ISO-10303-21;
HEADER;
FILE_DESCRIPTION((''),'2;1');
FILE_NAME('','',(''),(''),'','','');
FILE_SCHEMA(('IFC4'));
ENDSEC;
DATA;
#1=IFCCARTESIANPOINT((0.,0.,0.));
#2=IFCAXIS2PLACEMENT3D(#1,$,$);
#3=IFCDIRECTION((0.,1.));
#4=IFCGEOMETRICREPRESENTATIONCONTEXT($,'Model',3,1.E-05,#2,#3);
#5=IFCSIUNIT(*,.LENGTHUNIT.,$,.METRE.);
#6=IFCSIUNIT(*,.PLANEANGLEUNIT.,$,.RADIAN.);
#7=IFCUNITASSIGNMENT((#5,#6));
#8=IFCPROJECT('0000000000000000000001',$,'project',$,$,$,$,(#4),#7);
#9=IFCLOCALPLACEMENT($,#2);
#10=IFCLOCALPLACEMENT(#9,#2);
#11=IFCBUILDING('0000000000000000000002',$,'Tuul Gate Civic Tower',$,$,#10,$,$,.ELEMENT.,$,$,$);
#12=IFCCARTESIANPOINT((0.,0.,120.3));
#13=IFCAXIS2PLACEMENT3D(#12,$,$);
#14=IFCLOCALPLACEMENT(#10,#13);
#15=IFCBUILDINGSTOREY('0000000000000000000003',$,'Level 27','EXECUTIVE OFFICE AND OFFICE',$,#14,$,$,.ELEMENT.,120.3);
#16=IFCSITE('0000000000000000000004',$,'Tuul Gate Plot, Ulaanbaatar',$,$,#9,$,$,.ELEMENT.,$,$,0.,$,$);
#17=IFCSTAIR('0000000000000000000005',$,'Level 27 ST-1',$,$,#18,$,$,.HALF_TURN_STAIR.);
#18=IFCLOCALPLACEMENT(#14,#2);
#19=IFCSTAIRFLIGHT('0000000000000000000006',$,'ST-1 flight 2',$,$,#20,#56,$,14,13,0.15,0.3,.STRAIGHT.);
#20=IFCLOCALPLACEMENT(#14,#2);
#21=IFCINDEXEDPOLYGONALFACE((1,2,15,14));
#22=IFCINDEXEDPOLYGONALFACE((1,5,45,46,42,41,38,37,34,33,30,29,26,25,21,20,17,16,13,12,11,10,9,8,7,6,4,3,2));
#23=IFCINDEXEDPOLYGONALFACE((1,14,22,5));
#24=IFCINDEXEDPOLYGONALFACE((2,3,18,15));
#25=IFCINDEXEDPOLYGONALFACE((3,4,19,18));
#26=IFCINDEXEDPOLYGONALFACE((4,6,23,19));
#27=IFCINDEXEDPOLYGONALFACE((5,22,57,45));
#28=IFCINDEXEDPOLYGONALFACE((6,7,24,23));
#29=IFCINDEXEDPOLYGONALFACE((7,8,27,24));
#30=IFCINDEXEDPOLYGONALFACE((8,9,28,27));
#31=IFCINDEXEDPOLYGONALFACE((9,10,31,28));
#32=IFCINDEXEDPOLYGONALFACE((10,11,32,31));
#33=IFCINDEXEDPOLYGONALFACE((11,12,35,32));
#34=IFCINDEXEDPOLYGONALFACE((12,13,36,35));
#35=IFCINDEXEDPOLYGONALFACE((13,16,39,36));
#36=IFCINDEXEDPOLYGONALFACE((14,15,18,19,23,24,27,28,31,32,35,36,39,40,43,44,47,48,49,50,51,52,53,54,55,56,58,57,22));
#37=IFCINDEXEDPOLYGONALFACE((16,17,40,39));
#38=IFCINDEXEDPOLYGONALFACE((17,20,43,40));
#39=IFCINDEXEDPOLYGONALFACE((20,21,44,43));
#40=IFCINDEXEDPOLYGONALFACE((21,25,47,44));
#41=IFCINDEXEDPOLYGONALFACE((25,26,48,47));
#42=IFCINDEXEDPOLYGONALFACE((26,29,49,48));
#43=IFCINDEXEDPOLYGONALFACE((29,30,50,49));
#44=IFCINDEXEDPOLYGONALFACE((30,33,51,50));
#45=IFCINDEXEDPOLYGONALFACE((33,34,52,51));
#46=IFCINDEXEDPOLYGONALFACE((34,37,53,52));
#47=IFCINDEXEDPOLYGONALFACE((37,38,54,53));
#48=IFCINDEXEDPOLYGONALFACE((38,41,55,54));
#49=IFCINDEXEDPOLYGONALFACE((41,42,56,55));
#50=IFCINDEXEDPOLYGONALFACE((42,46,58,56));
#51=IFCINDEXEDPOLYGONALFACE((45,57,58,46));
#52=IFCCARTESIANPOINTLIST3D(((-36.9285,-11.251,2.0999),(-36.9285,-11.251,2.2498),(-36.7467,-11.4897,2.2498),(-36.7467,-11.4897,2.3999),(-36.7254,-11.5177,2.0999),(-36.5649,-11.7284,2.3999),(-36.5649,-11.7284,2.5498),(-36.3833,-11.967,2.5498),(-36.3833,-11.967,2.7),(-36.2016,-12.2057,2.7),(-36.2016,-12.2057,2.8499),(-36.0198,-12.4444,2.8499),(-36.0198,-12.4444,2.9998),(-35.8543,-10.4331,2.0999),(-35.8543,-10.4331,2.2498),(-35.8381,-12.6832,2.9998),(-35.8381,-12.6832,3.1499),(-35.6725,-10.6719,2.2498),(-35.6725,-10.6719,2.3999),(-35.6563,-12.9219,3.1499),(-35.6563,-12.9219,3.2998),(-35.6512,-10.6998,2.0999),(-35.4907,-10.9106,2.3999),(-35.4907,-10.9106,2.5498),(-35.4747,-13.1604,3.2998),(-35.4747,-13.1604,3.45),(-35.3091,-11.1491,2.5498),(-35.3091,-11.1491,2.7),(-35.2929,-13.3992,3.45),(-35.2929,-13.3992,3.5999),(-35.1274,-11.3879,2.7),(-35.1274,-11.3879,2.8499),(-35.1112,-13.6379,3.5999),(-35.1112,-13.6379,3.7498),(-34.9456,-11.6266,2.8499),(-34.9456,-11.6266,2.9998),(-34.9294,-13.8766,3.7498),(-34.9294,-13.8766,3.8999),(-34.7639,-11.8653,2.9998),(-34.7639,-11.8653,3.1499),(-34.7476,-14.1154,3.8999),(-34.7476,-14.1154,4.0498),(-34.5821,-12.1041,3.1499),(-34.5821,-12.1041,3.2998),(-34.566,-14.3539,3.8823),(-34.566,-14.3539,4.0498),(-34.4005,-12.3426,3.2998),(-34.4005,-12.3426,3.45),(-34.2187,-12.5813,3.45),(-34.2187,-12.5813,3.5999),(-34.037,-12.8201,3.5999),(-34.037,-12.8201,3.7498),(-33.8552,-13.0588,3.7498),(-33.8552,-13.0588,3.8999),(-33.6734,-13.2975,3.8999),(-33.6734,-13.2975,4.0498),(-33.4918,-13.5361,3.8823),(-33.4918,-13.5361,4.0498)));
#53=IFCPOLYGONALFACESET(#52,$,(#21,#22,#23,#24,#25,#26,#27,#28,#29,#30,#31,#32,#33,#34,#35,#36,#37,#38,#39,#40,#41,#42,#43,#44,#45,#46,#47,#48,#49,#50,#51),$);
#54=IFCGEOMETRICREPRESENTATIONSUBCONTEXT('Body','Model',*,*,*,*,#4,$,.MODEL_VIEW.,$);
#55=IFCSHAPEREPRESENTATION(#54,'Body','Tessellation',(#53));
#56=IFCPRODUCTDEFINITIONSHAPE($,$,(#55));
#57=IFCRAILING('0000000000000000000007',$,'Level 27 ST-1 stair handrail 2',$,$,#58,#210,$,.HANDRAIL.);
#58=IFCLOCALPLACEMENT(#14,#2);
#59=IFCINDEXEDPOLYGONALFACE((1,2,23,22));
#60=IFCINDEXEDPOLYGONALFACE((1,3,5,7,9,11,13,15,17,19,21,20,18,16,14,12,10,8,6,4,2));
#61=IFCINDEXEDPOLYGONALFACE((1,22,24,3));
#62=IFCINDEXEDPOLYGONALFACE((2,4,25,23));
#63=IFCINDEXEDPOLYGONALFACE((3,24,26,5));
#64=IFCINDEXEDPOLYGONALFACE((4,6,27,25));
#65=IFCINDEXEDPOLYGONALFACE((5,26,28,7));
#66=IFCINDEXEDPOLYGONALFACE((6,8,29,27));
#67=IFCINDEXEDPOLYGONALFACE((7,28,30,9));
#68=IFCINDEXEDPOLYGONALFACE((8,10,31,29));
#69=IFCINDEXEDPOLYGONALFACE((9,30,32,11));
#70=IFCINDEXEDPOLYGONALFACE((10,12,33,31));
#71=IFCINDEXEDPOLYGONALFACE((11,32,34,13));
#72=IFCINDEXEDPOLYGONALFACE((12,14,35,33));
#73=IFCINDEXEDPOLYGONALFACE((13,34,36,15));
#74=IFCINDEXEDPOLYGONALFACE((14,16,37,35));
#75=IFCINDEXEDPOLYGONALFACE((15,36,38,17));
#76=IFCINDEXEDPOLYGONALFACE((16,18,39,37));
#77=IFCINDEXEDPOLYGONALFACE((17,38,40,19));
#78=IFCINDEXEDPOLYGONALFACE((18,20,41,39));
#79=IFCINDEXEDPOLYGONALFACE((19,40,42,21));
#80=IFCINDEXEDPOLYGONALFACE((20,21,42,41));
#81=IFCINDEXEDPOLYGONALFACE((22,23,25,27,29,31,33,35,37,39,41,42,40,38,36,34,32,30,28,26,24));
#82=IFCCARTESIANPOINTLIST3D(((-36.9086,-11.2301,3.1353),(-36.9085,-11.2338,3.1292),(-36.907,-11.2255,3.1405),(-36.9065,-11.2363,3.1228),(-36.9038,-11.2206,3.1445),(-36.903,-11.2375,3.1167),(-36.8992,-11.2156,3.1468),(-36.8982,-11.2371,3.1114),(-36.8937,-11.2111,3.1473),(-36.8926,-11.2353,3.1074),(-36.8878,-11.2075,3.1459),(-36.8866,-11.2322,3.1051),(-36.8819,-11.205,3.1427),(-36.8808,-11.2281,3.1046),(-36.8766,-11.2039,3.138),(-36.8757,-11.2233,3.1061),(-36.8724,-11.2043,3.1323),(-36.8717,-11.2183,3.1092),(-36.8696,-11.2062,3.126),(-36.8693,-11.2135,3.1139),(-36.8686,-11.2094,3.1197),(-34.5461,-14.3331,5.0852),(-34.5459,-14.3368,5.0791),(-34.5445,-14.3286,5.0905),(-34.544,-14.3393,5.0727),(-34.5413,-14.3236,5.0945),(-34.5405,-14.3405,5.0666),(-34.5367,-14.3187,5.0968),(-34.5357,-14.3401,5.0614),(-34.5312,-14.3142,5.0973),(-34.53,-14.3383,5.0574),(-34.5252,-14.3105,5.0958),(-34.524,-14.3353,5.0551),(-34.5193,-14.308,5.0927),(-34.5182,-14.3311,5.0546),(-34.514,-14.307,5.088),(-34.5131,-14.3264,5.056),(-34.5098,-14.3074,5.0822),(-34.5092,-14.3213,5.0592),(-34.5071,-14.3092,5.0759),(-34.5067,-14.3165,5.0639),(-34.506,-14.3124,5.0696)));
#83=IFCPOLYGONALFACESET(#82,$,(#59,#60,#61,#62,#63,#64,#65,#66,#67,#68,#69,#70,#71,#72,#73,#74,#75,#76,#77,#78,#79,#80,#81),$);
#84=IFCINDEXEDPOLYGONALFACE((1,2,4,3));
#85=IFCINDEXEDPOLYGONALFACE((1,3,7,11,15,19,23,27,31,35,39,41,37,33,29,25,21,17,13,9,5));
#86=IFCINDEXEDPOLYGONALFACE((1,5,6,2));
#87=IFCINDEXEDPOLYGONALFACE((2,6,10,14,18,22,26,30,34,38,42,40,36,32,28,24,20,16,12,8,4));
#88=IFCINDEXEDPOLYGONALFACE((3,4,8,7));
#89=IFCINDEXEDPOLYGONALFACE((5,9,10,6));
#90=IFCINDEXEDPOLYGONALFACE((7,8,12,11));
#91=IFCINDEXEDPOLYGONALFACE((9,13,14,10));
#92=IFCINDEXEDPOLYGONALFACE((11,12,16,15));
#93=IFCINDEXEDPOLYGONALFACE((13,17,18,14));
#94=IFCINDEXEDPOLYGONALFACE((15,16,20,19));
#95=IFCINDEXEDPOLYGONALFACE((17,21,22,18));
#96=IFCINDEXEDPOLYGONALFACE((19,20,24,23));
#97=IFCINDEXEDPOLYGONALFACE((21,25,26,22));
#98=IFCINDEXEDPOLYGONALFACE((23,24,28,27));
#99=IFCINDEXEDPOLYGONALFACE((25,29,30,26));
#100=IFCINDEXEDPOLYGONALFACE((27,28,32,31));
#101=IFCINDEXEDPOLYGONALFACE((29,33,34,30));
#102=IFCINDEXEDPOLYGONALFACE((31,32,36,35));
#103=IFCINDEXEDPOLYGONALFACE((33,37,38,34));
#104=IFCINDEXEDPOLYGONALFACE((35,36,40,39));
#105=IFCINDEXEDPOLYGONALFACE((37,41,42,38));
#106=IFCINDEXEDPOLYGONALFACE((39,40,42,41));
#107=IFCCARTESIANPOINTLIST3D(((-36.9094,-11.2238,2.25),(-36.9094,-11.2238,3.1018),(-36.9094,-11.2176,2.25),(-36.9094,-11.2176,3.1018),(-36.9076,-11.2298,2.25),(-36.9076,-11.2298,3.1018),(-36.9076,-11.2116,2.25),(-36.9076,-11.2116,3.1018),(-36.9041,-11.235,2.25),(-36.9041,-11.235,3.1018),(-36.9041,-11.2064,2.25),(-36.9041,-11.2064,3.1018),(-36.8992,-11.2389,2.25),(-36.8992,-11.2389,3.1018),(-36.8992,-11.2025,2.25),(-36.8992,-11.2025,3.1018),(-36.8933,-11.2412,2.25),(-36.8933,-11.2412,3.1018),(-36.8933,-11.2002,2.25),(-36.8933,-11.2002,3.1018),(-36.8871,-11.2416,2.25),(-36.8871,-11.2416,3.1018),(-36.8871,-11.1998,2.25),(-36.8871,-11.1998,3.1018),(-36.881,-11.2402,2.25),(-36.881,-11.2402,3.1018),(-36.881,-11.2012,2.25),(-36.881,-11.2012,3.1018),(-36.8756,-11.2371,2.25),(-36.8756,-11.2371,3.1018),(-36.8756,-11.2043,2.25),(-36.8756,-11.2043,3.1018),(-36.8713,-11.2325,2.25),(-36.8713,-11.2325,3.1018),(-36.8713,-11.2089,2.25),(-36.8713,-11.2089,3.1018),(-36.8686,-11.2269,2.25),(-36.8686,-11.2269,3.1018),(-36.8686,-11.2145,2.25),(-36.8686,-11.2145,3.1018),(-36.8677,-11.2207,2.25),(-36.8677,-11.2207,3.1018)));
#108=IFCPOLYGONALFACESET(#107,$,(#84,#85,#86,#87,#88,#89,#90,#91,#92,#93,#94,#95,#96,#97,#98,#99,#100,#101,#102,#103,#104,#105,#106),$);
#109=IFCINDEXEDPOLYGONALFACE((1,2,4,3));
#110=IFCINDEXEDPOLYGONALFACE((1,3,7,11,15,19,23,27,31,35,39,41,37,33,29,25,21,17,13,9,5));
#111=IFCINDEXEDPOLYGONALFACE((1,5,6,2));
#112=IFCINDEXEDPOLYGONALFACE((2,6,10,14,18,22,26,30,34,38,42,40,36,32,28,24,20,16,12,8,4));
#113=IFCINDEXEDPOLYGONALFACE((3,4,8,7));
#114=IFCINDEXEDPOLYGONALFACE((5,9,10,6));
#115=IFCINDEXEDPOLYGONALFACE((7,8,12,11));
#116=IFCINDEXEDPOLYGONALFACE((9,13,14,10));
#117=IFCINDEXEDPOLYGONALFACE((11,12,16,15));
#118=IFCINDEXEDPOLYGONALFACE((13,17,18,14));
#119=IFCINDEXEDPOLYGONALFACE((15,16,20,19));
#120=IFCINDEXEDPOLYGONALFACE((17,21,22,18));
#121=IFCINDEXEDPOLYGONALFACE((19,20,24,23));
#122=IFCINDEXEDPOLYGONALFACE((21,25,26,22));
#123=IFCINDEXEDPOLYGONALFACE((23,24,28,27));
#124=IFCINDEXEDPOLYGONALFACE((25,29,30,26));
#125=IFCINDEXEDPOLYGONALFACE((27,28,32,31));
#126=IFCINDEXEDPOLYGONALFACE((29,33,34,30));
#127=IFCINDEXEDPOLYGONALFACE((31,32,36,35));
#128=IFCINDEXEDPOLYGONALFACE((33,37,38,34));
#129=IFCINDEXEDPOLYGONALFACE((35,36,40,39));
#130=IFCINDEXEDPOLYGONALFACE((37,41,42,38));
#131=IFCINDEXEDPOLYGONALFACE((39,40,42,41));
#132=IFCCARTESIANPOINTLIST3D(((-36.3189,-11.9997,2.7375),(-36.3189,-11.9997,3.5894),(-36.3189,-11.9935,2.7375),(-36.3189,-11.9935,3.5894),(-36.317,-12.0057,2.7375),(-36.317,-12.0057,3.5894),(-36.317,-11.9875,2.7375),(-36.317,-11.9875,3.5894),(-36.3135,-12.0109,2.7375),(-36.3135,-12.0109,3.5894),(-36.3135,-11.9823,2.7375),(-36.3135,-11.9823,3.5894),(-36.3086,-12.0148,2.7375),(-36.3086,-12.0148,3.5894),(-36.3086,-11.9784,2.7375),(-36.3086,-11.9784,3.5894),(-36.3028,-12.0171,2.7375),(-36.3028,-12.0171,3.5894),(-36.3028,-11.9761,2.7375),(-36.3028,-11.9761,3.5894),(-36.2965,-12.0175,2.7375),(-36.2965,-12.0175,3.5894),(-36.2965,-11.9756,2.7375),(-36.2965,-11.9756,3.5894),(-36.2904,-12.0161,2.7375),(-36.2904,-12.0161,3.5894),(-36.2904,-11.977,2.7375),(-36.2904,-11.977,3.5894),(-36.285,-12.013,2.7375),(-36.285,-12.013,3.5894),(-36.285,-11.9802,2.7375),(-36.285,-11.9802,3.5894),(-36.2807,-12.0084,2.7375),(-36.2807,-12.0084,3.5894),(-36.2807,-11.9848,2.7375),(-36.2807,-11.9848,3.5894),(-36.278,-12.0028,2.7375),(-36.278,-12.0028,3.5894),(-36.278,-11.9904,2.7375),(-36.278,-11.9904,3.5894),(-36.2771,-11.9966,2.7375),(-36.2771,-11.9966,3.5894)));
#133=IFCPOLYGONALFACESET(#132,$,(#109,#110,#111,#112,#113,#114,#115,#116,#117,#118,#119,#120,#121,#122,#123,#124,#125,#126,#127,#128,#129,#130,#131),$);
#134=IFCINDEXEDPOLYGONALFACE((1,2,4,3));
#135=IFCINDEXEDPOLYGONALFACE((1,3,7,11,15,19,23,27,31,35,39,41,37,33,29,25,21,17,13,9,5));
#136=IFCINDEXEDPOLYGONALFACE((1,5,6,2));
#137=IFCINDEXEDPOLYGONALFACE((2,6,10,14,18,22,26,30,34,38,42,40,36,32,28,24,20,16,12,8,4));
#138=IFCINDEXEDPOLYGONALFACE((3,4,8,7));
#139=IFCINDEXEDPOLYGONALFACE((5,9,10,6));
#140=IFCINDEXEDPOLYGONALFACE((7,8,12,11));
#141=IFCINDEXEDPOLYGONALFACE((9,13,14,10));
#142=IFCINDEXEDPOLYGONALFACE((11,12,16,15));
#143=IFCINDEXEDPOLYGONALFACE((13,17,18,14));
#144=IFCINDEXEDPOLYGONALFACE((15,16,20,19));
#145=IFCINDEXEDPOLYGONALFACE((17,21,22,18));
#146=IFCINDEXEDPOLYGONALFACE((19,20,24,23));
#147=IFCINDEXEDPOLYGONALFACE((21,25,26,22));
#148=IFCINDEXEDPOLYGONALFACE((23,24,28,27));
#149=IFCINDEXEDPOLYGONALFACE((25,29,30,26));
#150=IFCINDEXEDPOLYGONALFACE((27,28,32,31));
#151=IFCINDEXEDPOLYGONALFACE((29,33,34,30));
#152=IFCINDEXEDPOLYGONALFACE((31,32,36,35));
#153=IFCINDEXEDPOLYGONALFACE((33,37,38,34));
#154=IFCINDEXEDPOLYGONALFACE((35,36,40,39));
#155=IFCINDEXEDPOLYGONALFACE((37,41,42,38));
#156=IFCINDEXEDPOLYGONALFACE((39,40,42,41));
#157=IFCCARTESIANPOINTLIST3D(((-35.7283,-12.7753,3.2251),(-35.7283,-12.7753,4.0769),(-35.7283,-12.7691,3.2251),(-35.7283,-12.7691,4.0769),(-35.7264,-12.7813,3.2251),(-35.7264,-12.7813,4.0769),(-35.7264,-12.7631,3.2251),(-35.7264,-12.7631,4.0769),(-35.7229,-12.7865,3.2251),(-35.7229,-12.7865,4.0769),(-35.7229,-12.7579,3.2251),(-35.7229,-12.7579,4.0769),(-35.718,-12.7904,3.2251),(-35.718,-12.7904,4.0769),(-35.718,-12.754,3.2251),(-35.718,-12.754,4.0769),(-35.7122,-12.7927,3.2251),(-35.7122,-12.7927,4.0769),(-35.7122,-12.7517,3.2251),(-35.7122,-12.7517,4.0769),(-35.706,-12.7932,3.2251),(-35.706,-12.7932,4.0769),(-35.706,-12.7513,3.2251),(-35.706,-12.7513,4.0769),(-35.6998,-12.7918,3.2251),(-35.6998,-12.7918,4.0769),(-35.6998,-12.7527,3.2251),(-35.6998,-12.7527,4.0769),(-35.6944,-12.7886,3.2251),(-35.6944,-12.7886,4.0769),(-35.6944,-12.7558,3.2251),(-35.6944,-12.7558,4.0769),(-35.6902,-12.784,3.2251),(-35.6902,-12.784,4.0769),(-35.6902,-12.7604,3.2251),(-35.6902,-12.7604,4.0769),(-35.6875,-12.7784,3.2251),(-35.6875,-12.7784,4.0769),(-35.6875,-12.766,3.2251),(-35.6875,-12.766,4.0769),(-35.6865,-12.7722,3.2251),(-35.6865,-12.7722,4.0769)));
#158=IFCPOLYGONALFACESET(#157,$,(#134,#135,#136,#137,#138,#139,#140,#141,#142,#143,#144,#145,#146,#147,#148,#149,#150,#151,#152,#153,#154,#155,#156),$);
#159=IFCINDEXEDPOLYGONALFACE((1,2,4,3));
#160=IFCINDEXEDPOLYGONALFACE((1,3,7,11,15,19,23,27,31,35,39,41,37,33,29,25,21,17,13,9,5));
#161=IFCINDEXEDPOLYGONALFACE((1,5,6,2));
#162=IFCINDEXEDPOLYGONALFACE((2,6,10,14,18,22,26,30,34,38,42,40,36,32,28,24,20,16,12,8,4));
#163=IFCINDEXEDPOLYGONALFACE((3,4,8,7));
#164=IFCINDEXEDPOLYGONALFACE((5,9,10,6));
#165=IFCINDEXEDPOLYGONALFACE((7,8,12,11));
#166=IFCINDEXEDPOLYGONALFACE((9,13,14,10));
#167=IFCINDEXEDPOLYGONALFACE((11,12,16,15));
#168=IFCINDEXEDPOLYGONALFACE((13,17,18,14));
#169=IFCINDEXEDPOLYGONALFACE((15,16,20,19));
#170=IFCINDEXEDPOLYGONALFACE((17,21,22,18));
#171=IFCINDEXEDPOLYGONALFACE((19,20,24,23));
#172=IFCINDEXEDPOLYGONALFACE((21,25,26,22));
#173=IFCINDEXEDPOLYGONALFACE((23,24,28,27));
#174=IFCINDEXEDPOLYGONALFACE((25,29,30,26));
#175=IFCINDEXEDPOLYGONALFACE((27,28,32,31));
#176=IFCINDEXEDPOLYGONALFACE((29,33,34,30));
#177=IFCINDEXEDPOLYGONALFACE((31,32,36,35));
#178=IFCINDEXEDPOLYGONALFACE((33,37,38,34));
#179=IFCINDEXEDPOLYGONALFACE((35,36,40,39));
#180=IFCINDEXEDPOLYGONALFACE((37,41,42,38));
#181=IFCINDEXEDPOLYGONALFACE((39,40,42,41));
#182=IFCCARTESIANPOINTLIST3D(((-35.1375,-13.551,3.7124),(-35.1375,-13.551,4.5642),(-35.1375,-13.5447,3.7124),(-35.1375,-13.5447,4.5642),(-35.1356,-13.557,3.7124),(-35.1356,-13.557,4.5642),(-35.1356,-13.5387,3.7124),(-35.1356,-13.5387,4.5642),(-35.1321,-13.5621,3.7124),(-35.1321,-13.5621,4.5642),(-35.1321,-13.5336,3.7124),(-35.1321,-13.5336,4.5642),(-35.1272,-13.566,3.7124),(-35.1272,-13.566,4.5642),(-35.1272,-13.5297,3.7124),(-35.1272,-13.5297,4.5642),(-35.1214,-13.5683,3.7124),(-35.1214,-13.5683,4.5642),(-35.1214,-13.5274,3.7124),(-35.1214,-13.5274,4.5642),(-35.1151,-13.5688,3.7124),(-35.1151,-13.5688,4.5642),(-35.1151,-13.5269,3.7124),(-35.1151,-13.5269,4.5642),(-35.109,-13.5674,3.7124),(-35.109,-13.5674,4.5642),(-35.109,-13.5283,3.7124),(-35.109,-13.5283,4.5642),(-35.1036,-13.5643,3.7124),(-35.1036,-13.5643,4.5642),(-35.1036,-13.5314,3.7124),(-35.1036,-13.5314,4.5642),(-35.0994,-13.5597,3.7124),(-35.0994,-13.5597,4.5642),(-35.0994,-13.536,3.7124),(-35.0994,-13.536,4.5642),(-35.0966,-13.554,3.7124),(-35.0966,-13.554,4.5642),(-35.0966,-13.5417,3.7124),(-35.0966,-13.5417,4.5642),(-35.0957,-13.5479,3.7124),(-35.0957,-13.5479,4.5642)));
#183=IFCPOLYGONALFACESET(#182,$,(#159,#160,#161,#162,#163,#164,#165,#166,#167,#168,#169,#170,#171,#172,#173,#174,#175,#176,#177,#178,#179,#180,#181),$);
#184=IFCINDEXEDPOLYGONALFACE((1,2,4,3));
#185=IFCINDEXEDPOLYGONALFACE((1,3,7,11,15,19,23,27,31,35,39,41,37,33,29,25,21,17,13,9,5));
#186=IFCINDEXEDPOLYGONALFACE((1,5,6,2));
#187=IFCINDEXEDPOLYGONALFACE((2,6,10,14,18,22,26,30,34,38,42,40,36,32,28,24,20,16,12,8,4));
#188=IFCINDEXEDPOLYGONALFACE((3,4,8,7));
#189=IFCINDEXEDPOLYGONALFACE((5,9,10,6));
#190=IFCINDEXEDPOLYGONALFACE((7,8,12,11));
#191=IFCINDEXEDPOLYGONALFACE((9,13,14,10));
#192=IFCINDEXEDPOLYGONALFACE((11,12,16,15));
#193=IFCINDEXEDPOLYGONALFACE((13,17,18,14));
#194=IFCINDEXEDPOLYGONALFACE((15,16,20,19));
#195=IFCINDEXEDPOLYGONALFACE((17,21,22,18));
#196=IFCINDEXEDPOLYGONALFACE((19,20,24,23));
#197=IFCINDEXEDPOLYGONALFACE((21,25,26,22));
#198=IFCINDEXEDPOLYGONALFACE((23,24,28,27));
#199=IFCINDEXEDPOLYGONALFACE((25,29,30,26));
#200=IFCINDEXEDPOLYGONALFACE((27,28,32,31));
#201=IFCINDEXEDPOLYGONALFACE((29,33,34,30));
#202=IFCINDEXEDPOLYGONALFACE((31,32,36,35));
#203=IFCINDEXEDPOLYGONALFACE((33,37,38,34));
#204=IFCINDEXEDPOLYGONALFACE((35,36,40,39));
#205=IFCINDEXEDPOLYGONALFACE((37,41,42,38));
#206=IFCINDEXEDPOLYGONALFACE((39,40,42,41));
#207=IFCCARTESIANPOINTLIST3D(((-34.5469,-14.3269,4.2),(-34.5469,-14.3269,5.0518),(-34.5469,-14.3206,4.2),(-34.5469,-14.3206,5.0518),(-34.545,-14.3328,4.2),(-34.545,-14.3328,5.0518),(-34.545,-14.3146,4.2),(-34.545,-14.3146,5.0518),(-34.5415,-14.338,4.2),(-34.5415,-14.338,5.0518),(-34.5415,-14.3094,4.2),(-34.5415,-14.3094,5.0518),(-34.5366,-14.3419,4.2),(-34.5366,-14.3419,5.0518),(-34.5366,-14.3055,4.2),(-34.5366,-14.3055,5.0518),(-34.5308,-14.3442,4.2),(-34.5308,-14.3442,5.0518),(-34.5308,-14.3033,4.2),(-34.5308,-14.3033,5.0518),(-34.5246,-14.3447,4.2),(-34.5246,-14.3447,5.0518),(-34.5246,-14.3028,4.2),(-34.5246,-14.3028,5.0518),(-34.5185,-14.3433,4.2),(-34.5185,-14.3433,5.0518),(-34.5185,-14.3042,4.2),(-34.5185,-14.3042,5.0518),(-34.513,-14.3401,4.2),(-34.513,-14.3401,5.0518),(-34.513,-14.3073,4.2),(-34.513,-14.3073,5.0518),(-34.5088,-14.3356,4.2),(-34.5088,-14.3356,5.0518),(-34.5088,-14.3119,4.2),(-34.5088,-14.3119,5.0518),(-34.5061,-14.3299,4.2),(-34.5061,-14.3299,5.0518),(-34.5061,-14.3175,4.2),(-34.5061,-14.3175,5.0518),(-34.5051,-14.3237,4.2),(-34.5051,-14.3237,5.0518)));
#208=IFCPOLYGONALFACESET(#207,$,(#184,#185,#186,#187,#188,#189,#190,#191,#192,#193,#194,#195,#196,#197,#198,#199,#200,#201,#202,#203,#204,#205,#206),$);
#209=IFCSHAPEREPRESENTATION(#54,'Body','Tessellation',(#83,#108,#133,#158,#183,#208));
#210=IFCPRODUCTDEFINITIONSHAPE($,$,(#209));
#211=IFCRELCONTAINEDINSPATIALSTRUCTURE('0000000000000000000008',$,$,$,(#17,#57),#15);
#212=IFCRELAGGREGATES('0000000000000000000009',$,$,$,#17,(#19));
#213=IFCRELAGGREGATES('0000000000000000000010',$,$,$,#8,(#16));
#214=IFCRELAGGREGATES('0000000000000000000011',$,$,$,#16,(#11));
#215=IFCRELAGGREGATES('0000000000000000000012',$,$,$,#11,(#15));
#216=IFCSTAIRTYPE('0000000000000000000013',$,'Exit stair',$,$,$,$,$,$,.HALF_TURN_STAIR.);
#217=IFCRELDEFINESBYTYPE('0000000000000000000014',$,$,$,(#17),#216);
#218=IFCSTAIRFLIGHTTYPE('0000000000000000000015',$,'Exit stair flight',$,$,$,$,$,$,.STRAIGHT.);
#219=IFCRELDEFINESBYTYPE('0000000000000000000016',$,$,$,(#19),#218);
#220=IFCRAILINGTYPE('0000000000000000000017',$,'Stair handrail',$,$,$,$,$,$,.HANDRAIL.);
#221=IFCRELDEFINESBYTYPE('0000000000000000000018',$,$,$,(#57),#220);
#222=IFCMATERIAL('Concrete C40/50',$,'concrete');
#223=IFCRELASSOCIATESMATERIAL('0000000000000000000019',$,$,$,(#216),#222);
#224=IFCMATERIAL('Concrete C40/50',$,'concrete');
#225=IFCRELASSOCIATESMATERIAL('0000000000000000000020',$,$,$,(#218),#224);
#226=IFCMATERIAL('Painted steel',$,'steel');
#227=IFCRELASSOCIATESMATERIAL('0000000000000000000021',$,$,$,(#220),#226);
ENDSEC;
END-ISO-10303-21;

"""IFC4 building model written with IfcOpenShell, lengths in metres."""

from ifc_helpers import new_model, si_unit, direction, frame, origin, origin_2d, place, context, subcontext, project, spatial, polyline, circle, outline, extrude, material, type_object, element, aggregate, save


model = new_model("IFC4")

# Units and contexts
model_context = context("Model", 3, precision=1e-05, world=origin(), true_north=direction((0.0, 1.0)))
body_context = subcontext(model_context, "Body", "Model", "MODEL_VIEW")
ifc_project = project(units=[si_unit("LENGTHUNIT", "METRE"), si_unit("PLANEANGLEUNIT", "RADIAN")], contexts=[model_context])

# Site, building, storey
site_placement = place(None, origin())
site = spatial("IfcSite", under=ifc_project, at=site_placement, Name="Tuul Gate Plot, Ulaanbaatar", CompositionType="ELEMENT", RefElevation=0.0)
building_placement = place(site_placement, origin())
building = spatial("IfcBuilding", under=site, at=building_placement, Name="Tuul Gate Civic Tower", CompositionType="ELEMENT")
storey_placement = place(building_placement, frame((0.0, 0.0, 120.3)))
storey = spatial("IfcBuildingStorey", under=building, at=storey_placement, Name="Level 27", Description="EXECUTIVE OFFICE AND OFFICE", CompositionType="ELEMENT", Elevation=120.3)

# Stair, stair flight
ifc_material_1 = material(Name="Concrete C40/50", Category="concrete")
stair_type = type_object("IfcStairType", Name="Exit stair", PredefinedType="HALF_TURN_STAIR", material=ifc_material_1)
stair_placement = place(storey_placement, origin())
stair = element("IfcStair", 1, at=stair_placement, inside=storey, type_object=stair_type, Name="Level 27 ST-1", PredefinedType="HALF_TURN_STAIR")
ifc_material_2 = material(Name="Concrete C40/50", Category="concrete")
stair_flight_type = type_object("IfcStairFlightType", Name="Exit stair flight", PredefinedType="STRAIGHT", material=ifc_material_2)
stair_flight_placement = place(storey_placement, frame((-36.3914, -10.842, 2.0999), z_axis=(0.0, 0.0, 1.0), x_axis=(0.605764, -0.795644, 0.0)))
stair_flight = element("IfcStairFlight", 2, at=stair_flight_placement, type_object=stair_flight_type, Name="ST-1 flight 2", NumberOfRisers=14, NumberOfTreads=13, PredefinedType="STRAIGHT", RiserHeight=0.15, TreadLength=0.3, context=body_context, shape_type="SweptSolid", body=[
    extrude(outline(polyline([(0.0, 0.0), (0.0, 0.1499), (0.3, 0.1499), (0.3, 0.3), (0.6001, 0.3), (0.6001, 0.45), (0.8999, 0.45), (0.8999, 0.6001), (1.2, 0.6001), (1.2, 0.75), (1.5, 0.75), (1.5, 0.8999), (1.8, 0.8999), (1.8, 1.05), (2.1001, 1.05), (2.1001, 1.2), (2.3999, 1.2), (2.3999, 1.3501), (2.7, 1.3501), (2.7, 1.5), (3.0, 1.5), (3.0, 1.6499), (3.3, 1.6499), (3.3, 1.8), (3.6001, 1.8), (3.6001, 1.95), (3.8999, 1.95), (3.8999, 2.1001), (3.8999, 1.7825), (0.3352, 0.0), (0.0, 0.0)])), frame((0.0, 0.675, 0.0), z_axis=(0.0, -1.0, 0.0), x_axis=(1.0, 0.0, 0.0)), (0.0, 0.0, 1.0), 1.3501),
])
aggregate(stair, [stair_flight])

# Railing
ifc_material_3 = material(Name="Painted steel", Category="steel")
railing_type = type_object("IfcRailingType", Name="Stair handrail", PredefinedType="HANDRAIL", material=ifc_material_3)
railing_placement = place(storey_placement, frame((-36.8887, -11.2207, 2.25)))
element("IfcRailing", 3, at=railing_placement, inside=storey, type_object=railing_type, Name="Level 27 ST-1 stair handrail 2", PredefinedType="HANDRAIL", context=body_context, shape_type="SweptSolid", body=[
    extrude(circle(Radius=0.0239, at=origin_2d()), frame((0.0, 0.0, 0.876), z_axis=(0.541824, -0.711645, 0.4472), x_axis=(0.795637, 0.605773, 0.0)), (0.0, 0.0, 1.0), 4.3604),
    extrude(circle(Radius=0.021, at=origin_2d()), origin(), (0.0, 0.0, 1.0), 0.8518),
    extrude(circle(Radius=0.021, at=origin_2d()), frame((0.5906, -0.7759, 0.4875)), (0.0, 0.0, 1.0), 0.8518),
    extrude(circle(Radius=0.021, at=origin_2d()), frame((1.1812, -1.5515, 0.9751)), (0.0, 0.0, 1.0), 0.8518),
    extrude(circle(Radius=0.021, at=origin_2d()), frame((1.772, -2.3271, 1.4624)), (0.0, 0.0, 1.0), 0.8518),
    extrude(circle(Radius=0.021, at=origin_2d()), frame((2.3625, -3.103, 1.95)), (0.0, 0.0, 1.0), 0.8518),
])

save(model, "model.ifc")
